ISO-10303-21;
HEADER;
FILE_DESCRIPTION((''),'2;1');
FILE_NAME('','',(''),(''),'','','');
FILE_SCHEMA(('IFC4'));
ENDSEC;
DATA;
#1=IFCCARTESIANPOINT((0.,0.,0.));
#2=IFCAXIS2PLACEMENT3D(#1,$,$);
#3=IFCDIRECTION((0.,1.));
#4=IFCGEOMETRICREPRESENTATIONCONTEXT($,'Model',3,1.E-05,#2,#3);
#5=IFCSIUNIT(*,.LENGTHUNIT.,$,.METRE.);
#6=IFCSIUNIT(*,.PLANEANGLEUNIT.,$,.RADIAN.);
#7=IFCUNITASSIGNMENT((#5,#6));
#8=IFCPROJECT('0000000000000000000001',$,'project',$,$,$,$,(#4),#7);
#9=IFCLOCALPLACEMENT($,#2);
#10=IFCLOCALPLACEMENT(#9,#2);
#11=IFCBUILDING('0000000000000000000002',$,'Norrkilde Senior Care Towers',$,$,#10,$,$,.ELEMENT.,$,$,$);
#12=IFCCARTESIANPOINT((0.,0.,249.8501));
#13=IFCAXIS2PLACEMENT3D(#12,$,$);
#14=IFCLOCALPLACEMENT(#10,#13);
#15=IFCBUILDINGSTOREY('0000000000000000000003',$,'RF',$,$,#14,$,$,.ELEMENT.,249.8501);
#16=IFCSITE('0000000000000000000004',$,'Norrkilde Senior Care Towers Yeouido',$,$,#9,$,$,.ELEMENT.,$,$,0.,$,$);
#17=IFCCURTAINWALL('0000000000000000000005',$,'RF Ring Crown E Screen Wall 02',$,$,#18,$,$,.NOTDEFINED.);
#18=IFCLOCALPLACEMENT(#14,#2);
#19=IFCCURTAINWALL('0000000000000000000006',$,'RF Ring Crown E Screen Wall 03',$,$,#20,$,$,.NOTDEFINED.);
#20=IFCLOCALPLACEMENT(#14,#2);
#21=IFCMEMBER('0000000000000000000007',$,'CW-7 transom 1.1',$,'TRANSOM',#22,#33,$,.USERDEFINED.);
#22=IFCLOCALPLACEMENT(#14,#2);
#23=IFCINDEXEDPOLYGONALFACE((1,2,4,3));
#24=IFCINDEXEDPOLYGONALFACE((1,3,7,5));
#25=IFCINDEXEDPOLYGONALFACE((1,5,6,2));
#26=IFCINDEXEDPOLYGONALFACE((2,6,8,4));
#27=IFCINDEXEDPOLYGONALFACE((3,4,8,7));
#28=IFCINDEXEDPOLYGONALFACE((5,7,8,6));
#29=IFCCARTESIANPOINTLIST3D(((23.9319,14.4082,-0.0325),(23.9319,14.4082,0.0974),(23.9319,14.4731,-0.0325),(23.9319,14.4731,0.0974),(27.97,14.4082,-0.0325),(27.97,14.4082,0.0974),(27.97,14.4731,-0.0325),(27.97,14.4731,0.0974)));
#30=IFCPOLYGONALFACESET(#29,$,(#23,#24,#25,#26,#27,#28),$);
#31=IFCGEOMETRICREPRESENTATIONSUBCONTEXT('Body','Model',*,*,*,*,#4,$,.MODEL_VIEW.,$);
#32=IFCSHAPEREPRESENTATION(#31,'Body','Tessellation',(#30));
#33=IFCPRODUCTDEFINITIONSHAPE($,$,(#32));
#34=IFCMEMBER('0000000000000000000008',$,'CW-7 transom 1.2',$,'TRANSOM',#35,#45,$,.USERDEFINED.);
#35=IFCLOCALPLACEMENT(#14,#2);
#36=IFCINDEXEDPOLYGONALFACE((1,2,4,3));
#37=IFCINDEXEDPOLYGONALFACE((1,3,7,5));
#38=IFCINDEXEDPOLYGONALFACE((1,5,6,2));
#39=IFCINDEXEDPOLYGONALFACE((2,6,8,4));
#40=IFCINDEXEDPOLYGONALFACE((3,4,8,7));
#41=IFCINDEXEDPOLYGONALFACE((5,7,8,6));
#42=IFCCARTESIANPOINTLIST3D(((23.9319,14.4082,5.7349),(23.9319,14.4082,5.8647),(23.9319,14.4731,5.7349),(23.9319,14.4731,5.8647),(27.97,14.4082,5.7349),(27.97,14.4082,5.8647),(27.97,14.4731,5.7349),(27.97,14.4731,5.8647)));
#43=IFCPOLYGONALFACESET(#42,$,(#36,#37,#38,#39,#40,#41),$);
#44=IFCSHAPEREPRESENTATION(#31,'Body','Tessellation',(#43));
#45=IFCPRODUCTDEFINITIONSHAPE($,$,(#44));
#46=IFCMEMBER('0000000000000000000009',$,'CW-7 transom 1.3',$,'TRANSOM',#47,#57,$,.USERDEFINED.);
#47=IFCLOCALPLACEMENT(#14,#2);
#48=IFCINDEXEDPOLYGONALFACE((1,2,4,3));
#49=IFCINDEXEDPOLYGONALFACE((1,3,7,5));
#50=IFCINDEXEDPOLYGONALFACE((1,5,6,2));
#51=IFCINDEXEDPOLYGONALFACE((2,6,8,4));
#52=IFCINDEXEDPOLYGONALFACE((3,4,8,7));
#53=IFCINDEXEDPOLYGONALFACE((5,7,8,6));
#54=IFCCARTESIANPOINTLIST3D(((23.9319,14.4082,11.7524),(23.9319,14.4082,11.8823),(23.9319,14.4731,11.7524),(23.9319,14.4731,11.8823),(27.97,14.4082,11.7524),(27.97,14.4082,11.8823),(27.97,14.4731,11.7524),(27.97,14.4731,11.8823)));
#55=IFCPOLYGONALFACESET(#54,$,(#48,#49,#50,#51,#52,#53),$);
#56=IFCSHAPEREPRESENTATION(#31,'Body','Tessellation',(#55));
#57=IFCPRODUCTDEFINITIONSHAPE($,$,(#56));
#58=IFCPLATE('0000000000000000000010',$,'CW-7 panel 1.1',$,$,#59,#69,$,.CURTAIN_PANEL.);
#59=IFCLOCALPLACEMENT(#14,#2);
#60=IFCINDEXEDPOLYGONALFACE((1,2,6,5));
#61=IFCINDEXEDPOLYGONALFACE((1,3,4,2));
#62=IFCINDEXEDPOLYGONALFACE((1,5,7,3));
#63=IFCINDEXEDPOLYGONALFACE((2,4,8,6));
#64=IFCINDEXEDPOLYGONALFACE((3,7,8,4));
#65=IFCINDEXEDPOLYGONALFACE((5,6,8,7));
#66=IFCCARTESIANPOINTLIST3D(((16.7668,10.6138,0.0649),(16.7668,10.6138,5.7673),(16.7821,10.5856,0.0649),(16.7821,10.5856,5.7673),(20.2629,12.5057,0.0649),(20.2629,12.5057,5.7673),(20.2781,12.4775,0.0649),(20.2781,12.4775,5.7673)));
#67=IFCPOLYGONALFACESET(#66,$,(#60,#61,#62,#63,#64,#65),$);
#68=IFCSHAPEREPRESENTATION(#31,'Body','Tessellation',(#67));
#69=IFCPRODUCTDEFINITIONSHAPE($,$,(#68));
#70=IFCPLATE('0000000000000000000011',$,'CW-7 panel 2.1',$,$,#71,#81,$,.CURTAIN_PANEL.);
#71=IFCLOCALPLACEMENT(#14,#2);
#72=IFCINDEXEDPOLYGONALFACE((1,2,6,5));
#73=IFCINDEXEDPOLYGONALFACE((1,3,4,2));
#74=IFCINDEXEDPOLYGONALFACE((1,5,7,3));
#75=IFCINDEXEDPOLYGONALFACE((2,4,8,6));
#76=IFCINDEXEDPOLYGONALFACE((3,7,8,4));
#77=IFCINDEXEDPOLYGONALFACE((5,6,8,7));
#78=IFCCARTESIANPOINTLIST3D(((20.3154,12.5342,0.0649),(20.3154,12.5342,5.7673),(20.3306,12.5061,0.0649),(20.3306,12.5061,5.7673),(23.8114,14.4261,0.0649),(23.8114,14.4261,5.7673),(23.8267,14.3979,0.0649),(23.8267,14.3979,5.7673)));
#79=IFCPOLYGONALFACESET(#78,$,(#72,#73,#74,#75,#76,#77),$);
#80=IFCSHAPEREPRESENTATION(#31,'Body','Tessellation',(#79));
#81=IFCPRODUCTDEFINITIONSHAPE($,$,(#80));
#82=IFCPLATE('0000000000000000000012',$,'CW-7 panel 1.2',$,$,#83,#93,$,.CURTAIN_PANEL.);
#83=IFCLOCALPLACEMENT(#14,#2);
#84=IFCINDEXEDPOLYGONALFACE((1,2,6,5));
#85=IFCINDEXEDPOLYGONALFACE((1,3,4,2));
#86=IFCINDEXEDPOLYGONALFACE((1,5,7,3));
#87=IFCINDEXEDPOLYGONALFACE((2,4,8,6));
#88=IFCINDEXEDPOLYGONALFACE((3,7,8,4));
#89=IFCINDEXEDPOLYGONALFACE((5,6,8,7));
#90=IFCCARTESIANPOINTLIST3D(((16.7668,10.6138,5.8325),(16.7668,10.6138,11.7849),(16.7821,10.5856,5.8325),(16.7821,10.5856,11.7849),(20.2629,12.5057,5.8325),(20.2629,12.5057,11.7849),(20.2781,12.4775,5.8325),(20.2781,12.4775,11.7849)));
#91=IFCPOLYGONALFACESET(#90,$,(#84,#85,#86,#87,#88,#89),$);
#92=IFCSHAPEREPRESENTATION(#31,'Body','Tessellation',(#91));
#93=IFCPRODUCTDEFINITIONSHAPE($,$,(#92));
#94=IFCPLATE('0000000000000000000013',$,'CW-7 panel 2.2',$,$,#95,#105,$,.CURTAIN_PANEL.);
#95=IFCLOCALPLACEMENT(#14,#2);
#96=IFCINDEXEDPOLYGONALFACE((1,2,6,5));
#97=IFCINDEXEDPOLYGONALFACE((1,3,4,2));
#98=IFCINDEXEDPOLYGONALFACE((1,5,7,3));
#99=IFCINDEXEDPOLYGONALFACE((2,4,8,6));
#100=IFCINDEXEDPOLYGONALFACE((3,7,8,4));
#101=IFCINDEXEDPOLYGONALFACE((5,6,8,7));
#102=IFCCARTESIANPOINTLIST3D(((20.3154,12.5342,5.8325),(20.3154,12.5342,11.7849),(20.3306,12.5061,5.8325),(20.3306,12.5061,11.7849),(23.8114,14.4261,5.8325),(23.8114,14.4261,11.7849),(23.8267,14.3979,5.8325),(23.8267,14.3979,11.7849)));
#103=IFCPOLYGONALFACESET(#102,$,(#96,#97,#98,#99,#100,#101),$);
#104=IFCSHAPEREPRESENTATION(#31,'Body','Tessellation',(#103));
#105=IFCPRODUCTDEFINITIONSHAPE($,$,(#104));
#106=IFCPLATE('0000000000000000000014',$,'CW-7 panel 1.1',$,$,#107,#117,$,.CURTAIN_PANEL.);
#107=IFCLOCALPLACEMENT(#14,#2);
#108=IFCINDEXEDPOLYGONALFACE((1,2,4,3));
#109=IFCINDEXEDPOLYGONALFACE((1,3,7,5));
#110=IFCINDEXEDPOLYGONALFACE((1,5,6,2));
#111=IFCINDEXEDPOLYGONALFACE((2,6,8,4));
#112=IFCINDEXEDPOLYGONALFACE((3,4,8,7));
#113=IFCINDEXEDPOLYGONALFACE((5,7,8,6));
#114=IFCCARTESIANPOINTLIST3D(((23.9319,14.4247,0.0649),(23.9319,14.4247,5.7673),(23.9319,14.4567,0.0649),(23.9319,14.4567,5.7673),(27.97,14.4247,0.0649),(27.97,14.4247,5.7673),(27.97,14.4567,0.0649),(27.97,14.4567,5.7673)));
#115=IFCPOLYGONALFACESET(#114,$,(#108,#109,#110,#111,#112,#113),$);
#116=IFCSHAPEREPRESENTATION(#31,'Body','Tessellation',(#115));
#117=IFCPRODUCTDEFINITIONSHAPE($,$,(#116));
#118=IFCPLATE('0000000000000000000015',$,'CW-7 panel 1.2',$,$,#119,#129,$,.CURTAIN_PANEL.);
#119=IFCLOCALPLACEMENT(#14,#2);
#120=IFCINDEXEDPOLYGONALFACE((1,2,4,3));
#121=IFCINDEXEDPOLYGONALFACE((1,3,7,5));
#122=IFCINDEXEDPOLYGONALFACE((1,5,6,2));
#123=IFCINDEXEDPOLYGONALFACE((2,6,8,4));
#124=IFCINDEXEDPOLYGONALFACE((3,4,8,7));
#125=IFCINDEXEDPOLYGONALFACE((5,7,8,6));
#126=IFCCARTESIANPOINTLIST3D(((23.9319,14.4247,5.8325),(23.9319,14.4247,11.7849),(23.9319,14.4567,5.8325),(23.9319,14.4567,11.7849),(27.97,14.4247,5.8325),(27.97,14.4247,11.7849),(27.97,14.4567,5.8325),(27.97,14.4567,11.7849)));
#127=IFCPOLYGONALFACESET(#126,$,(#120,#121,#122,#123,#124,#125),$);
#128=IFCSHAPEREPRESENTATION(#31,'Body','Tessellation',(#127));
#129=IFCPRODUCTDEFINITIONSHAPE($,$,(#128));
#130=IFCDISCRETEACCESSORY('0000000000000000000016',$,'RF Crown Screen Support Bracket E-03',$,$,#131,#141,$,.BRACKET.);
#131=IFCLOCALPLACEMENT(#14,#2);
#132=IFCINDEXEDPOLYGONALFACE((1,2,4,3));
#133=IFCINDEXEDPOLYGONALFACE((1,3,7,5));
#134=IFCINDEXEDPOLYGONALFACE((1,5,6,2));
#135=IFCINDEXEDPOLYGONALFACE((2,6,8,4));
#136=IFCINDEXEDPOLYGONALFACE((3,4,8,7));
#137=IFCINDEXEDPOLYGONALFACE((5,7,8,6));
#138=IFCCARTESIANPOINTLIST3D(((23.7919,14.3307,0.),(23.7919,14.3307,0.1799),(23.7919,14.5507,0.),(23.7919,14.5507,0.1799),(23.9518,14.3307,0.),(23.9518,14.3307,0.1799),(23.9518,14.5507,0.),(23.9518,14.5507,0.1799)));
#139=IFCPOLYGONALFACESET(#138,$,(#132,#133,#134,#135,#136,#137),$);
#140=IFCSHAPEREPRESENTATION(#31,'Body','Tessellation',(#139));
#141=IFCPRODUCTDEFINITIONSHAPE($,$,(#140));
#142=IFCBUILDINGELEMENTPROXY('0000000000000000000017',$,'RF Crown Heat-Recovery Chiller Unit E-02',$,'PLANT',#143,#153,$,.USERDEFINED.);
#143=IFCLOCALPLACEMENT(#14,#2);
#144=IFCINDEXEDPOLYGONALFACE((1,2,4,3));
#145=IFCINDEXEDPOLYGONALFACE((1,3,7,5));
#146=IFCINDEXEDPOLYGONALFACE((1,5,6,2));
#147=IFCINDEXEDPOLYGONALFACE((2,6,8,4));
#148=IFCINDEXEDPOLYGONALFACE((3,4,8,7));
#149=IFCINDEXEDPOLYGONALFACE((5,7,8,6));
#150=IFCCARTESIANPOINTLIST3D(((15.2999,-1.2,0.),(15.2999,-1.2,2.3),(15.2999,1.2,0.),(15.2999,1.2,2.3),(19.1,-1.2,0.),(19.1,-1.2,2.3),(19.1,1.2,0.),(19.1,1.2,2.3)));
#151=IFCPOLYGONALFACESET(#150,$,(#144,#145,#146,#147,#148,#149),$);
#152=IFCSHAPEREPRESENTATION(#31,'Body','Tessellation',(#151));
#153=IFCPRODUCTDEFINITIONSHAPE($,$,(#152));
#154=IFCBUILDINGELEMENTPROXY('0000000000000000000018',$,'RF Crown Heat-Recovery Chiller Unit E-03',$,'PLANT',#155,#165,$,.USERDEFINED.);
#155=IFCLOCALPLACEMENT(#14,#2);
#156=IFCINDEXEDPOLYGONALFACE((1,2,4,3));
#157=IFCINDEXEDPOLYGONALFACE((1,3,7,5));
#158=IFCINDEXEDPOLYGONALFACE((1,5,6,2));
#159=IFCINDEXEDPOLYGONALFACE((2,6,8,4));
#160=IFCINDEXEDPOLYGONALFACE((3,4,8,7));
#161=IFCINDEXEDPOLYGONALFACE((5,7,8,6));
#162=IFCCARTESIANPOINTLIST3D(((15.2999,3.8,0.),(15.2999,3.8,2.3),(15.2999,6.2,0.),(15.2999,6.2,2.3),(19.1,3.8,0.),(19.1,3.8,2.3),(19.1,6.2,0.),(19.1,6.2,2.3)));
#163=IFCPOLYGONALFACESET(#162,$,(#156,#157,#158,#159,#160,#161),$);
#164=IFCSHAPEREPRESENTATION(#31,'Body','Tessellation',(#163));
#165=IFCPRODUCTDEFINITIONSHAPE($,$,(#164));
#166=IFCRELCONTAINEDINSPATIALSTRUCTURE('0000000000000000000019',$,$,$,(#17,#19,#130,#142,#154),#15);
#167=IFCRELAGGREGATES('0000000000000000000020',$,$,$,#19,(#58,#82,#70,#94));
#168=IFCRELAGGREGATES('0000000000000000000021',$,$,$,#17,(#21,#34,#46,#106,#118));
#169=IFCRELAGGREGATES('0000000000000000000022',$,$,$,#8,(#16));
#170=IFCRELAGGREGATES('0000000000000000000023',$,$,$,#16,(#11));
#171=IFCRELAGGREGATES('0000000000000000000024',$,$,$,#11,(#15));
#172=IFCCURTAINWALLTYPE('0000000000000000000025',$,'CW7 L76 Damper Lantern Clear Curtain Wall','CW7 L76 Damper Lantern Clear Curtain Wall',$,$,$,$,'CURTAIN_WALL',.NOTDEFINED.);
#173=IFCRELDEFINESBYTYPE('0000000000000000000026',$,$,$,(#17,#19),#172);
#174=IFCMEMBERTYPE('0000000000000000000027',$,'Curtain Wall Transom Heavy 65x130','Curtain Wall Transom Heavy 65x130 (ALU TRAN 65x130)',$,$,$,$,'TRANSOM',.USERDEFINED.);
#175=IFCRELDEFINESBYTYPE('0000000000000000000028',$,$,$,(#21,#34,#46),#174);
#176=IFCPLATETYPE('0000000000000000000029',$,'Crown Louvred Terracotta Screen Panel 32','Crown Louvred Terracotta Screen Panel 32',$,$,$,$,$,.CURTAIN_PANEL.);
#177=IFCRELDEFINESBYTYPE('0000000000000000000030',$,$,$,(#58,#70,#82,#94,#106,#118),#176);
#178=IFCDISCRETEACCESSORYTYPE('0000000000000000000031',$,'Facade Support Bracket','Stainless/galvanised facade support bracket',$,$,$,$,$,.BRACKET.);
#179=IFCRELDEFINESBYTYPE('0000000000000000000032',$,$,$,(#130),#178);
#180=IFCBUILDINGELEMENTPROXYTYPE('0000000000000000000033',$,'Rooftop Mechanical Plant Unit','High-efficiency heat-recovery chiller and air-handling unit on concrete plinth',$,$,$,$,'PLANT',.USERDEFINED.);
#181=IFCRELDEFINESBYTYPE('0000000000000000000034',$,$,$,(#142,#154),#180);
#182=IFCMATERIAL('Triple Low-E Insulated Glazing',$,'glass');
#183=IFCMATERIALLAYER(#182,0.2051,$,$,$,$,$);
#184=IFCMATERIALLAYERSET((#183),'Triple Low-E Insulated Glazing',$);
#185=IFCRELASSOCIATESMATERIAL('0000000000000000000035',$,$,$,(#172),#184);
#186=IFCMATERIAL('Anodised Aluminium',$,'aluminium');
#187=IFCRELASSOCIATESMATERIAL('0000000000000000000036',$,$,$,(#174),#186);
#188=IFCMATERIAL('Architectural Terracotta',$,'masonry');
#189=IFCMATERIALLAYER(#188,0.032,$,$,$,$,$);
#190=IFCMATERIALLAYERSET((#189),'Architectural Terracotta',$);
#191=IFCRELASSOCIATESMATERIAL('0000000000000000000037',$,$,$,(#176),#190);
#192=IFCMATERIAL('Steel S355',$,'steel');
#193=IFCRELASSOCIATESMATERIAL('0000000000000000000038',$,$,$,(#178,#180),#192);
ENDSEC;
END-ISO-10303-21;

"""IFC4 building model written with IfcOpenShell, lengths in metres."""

from ifc_helpers import new_model, si_unit, direction, frame, origin, origin_2d, place, context, subcontext, project, spatial, rectangle, extrude, source, transform, mapped, material, layer, layer_set, material_profile, profile_set, type_object, type_shapes, element, aggregate, save


model = new_model("IFC4")

# Units and contexts
model_context = context("Model", 3, precision=1e-05, world=origin(), true_north=direction((0.0, 1.0)))
body_context = subcontext(model_context, "Body", "Model", "MODEL_VIEW")
ifc_project = project(units=[si_unit("LENGTHUNIT", "METRE"), si_unit("PLANEANGLEUNIT", "RADIAN")], contexts=[model_context])

# Site, building, storey
site_placement = place(None, origin())
site = spatial("IfcSite", under=ifc_project, at=site_placement, Name="Norrkilde Senior Care Towers Yeouido", CompositionType="ELEMENT", RefElevation=0.0)
building_placement = place(site_placement, origin())
building = spatial("IfcBuilding", under=site, at=building_placement, Name="Norrkilde Senior Care Towers", CompositionType="ELEMENT")
storey_placement = place(building_placement, frame((0.0, 0.0, 249.8501)))
storey = spatial("IfcBuildingStorey", under=building, at=storey_placement, Name="RF", CompositionType="ELEMENT", Elevation=249.8501)

# Shared definitions
ifc_material_1 = material(Name="Steel S355", Category="steel")

# Curtain wall
ifc_material_2 = material(Name="Triple Low-E Insulated Glazing", Category="glass")
ifc_layer_1 = layer(ifc_material_2, 0.2051)
ifc_layer_set_1 = layer_set([ifc_layer_1], Name="Triple Low-E Insulated Glazing")
curtain_wall_type = type_object("IfcCurtainWallType", Name="CW7 L76 Damper Lantern Clear Curtain Wall", Description="CW7 L76 Damper Lantern Clear Curtain Wall", ElementType="CURTAIN_WALL", PredefinedType="NOTDEFINED", material=ifc_layer_set_1)
curtain_wall_1_placement = place(storey_placement, origin())
curtain_wall_1 = element("IfcCurtainWall", 1, at=curtain_wall_1_placement, inside=storey, type_object=curtain_wall_type, Name="RF Ring Crown E Screen Wall 02", PredefinedType="NOTDEFINED")
ifc_material_3 = material(Name="Anodised Aluminium", Category="aluminium")

# Curtain wall
curtain_wall_2_placement = place(storey_placement, origin())
curtain_wall_2 = element("IfcCurtainWall", 2, at=curtain_wall_2_placement, inside=storey, type_object=curtain_wall_type, Name="RF Ring Crown E Screen Wall 03", PredefinedType="NOTDEFINED")
ifc_material_profile_1 = material_profile(ifc_material_3, rectangle(XDim=0.0649, YDim=0.1299, at=origin_2d()), Name="ALU TRAN 65x130")
ifc_profile_set_1 = profile_set([ifc_material_profile_1], Name="Anodised Aluminium")
member_type_1 = type_object("IfcMemberType", Name="Curtain Wall Transom Heavy 65x130", Description="Curtain Wall Transom Heavy 65x130 (ALU TRAN 65x130)", ElementType="TRANSOM", PredefinedType="USERDEFINED", material=ifc_profile_set_1)

# Members
shared_shape_1 = source(origin(), body_context, "Body", "SweptSolid", [
    extrude(rectangle(XDim=0.0649, YDim=0.1299, at=origin_2d()), origin(), (0.0, 0.0, 1.0), 4.0381),
])
member_1_placement = place(storey_placement, frame((23.9319, 14.4407, 0.0325), z_axis=(1.0, 0.0, 0.0), x_axis=(0.0, 1.0, 0.0)))
member_1 = element("IfcMember", 3, at=member_1_placement, type_object=member_type_1, Name="CW-7 transom 1.1", ObjectType="TRANSOM", PredefinedType="USERDEFINED", context=body_context, shape_type="MappedRepresentation", body=[
    mapped(shared_shape_1, transform((0.0, 0.0, 0.0), x_axis=(1.0, 0.0, 0.0), y_axis=(0.0, 1.0, 0.0), z_axis=(0.0, 0.0, 1.0), scale=1.0)),
])
member_2_placement = place(storey_placement, frame((23.9319, 14.4407, 5.7998), z_axis=(1.0, 0.0, 0.0), x_axis=(0.0, 1.0, 0.0)))
member_2 = element("IfcMember", 4, at=member_2_placement, type_object=member_type_1, Name="CW-7 transom 1.2", ObjectType="TRANSOM", PredefinedType="USERDEFINED", context=body_context, shape_type="MappedRepresentation", body=[
    mapped(shared_shape_1, transform((0.0, 0.0, 0.0), x_axis=(1.0, 0.0, 0.0), y_axis=(0.0, 1.0, 0.0), z_axis=(0.0, 0.0, 1.0), scale=1.0)),
])
member_3_placement = place(storey_placement, frame((23.9319, 14.4407, 11.8174), z_axis=(1.0, 0.0, 0.0), x_axis=(0.0, 1.0, 0.0)))
member_3 = element("IfcMember", 5, at=member_3_placement, type_object=member_type_1, Name="CW-7 transom 1.3", ObjectType="TRANSOM", PredefinedType="USERDEFINED", context=body_context, shape_type="MappedRepresentation", body=[
    mapped(shared_shape_1, transform((0.0, 0.0, 0.0), x_axis=(1.0, 0.0, 0.0), y_axis=(0.0, 1.0, 0.0), z_axis=(0.0, 0.0, 1.0), scale=1.0)),
])

# Plates
ifc_material_4 = material(Name="Architectural Terracotta", Category="masonry")
ifc_layer_2 = layer(ifc_material_4, 0.032)
ifc_layer_set_2 = layer_set([ifc_layer_2], Name="Architectural Terracotta")
plate_type = type_object("IfcPlateType", Name="Crown Louvred Terracotta Screen Panel 32", Description="Crown Louvred Terracotta Screen Panel 32", PredefinedType="CURTAIN_PANEL", material=ifc_layer_set_2)
shared_shape_2 = source(origin(), body_context, "Body", "SweptSolid", [
    extrude(rectangle(XDim=3.9751, YDim=0.032, at=origin_2d()), origin(), (0.0, 0.0, 1.0), 5.7024),
])
plate_1_placement = place(storey_placement, frame((18.5225, 11.5457, 0.0649), z_axis=(0.0, 0.0, 1.0), x_axis=(0.879481, 0.475934, 0.0)))
plate_1 = element("IfcPlate", 6, at=plate_1_placement, type_object=plate_type, Name="CW-7 panel 1.1", PredefinedType="CURTAIN_PANEL", context=body_context, shape_type="MappedRepresentation", body=[
    mapped(shared_shape_2, transform((0.0, 0.0, 0.0), x_axis=(1.0, 0.0, 0.0), y_axis=(0.0, 1.0, 0.0), z_axis=(0.0, 0.0, 1.0), scale=1.0)),
])
plate_2_placement = place(storey_placement, frame((22.071, 13.4661, 0.0649), z_axis=(0.0, 0.0, 1.0), x_axis=(0.879481, 0.475934, 0.0)))
plate_2 = element("IfcPlate", 7, at=plate_2_placement, type_object=plate_type, Name="CW-7 panel 2.1", PredefinedType="CURTAIN_PANEL", context=body_context, shape_type="MappedRepresentation", body=[
    mapped(shared_shape_2, transform((0.0, 0.0, 0.0), x_axis=(1.0, 0.0, 0.0), y_axis=(0.0, 1.0, 0.0), z_axis=(0.0, 0.0, 1.0), scale=1.0)),
])
shared_shape_3 = source(origin(), body_context, "Body", "SweptSolid", [
    extrude(rectangle(XDim=3.9751, YDim=0.032, at=origin_2d()), origin(), (0.0, 0.0, 1.0), 5.9524),
])
plate_3_placement = place(storey_placement, frame((18.5225, 11.5457, 5.8325), z_axis=(0.0, 0.0, 1.0), x_axis=(0.879481, 0.475934, 0.0)))
plate_3 = element("IfcPlate", 8, at=plate_3_placement, type_object=plate_type, Name="CW-7 panel 1.2", PredefinedType="CURTAIN_PANEL", context=body_context, shape_type="MappedRepresentation", body=[
    mapped(shared_shape_3, transform((0.0, 0.0, 0.0), x_axis=(1.0, 0.0, 0.0), y_axis=(0.0, 1.0, 0.0), z_axis=(0.0, 0.0, 1.0), scale=1.0)),
])
plate_4_placement = place(storey_placement, frame((22.071, 13.4661, 5.8325), z_axis=(0.0, 0.0, 1.0), x_axis=(0.879481, 0.475934, 0.0)))
plate_4 = element("IfcPlate", 9, at=plate_4_placement, type_object=plate_type, Name="CW-7 panel 2.2", PredefinedType="CURTAIN_PANEL", context=body_context, shape_type="MappedRepresentation", body=[
    mapped(shared_shape_3, transform((0.0, 0.0, 0.0), x_axis=(1.0, 0.0, 0.0), y_axis=(0.0, 1.0, 0.0), z_axis=(0.0, 0.0, 1.0), scale=1.0)),
])
aggregate(curtain_wall_2, [plate_1, plate_3, plate_2, plate_4])
shared_shape_4 = source(origin(), body_context, "Body", "SweptSolid", [
    extrude(rectangle(XDim=4.0381, YDim=0.032, at=origin_2d()), origin(), (0.0, 0.0, 1.0), 5.7024),
])
plate_5_placement = place(storey_placement, frame((25.9509, 14.4407, 0.0649), z_axis=(0.0, 0.0, 1.0), x_axis=(1.0, 0.0, 0.0)))
plate_5 = element("IfcPlate", 10, at=plate_5_placement, type_object=plate_type, Name="CW-7 panel 1.1", PredefinedType="CURTAIN_PANEL", context=body_context, shape_type="MappedRepresentation", body=[
    mapped(shared_shape_4, transform((0.0, 0.0, 0.0), x_axis=(1.0, 0.0, 0.0), y_axis=(0.0, 1.0, 0.0), z_axis=(0.0, 0.0, 1.0), scale=1.0)),
])
shared_shape_5 = source(origin(), body_context, "Body", "SweptSolid", [
    extrude(rectangle(XDim=4.0381, YDim=0.032, at=origin_2d()), origin(), (0.0, 0.0, 1.0), 5.9524),
])
type_shapes(plate_type, [shared_shape_2, shared_shape_3, shared_shape_4, shared_shape_5])
plate_6_placement = place(storey_placement, frame((25.9509, 14.4407, 5.8325), z_axis=(0.0, 0.0, 1.0), x_axis=(1.0, 0.0, 0.0)))
plate_6 = element("IfcPlate", 11, at=plate_6_placement, type_object=plate_type, Name="CW-7 panel 1.2", PredefinedType="CURTAIN_PANEL", context=body_context, shape_type="MappedRepresentation", body=[
    mapped(shared_shape_5, transform((0.0, 0.0, 0.0), x_axis=(1.0, 0.0, 0.0), y_axis=(0.0, 1.0, 0.0), z_axis=(0.0, 0.0, 1.0), scale=1.0)),
])
aggregate(curtain_wall_1, [member_1, member_2, member_3, plate_5, plate_6])

# Discrete accessory
discrete_accessory_type = type_object("IfcDiscreteAccessoryType", Name="Facade Support Bracket", Description="Stainless/galvanised facade support bracket", PredefinedType="BRACKET", material=ifc_material_1)
shared_shape_6 = source(origin(), body_context, "Body", "SweptSolid", [
    extrude(rectangle(XDim=0.1599, YDim=0.22, at=origin_2d()), origin(), (0.0, 0.0, 1.0), 0.1799),
])
type_shapes(discrete_accessory_type, [shared_shape_6])
discrete_accessory_placement = place(storey_placement, frame((23.8718, 14.4407, 0.0), z_axis=(0.0, 0.0, 1.0), x_axis=(1.0, 0.0, 0.0)))
element("IfcDiscreteAccessory", 12, at=discrete_accessory_placement, inside=storey, type_object=discrete_accessory_type, Name="RF Crown Screen Support Bracket E-03", PredefinedType="BRACKET", context=body_context, shape_type="MappedRepresentation", body=[
    mapped(shared_shape_6, transform((0.0, 0.0, 0.0), x_axis=(1.0, 0.0, 0.0), y_axis=(0.0, 1.0, 0.0), z_axis=(0.0, 0.0, 1.0), scale=1.0)),
])

# Building element proxies
building_element_proxy_type = type_object("IfcBuildingElementProxyType", Name="Rooftop Mechanical Plant Unit", Description="High-efficiency heat-recovery chiller and air-handling unit on concrete plinth", ElementType="PLANT", PredefinedType="USERDEFINED", material=ifc_material_1)
shared_shape_7 = source(origin(), body_context, "Body", "SweptSolid", [
    extrude(rectangle(XDim=3.8, YDim=2.3999, at=origin_2d()), origin(), (0.0, 0.0, 1.0), 2.3),
])
type_shapes(building_element_proxy_type, [shared_shape_7])
for number, where, z_axis, x_axis, name in (
    (13, (17.2, 0.0, 0.0), (0.0, 0.0, 1.0), (1.0, 0.0, 0.0), "RF Crown Heat-Recovery Chiller Unit E-02"),
    (14, (17.2, 5.0, 0.0), (0.0, 0.0, 1.0), (1.0, 0.0, 0.0), "RF Crown Heat-Recovery Chiller Unit E-03"),
):
    element("IfcBuildingElementProxy", number, at=place(storey_placement, frame(where, z_axis=z_axis, x_axis=x_axis)), inside=storey, type_object=building_element_proxy_type, Name=name, ObjectType="PLANT", PredefinedType="USERDEFINED", context=body_context, shape_type="MappedRepresentation", body=[
        mapped(shared_shape_7, transform((0.0, 0.0, 0.0), x_axis=(1.0, 0.0, 0.0), y_axis=(0.0, 1.0, 0.0), z_axis=(0.0, 0.0, 1.0), scale=1.0)),
    ])

save(model, "model.ifc")
